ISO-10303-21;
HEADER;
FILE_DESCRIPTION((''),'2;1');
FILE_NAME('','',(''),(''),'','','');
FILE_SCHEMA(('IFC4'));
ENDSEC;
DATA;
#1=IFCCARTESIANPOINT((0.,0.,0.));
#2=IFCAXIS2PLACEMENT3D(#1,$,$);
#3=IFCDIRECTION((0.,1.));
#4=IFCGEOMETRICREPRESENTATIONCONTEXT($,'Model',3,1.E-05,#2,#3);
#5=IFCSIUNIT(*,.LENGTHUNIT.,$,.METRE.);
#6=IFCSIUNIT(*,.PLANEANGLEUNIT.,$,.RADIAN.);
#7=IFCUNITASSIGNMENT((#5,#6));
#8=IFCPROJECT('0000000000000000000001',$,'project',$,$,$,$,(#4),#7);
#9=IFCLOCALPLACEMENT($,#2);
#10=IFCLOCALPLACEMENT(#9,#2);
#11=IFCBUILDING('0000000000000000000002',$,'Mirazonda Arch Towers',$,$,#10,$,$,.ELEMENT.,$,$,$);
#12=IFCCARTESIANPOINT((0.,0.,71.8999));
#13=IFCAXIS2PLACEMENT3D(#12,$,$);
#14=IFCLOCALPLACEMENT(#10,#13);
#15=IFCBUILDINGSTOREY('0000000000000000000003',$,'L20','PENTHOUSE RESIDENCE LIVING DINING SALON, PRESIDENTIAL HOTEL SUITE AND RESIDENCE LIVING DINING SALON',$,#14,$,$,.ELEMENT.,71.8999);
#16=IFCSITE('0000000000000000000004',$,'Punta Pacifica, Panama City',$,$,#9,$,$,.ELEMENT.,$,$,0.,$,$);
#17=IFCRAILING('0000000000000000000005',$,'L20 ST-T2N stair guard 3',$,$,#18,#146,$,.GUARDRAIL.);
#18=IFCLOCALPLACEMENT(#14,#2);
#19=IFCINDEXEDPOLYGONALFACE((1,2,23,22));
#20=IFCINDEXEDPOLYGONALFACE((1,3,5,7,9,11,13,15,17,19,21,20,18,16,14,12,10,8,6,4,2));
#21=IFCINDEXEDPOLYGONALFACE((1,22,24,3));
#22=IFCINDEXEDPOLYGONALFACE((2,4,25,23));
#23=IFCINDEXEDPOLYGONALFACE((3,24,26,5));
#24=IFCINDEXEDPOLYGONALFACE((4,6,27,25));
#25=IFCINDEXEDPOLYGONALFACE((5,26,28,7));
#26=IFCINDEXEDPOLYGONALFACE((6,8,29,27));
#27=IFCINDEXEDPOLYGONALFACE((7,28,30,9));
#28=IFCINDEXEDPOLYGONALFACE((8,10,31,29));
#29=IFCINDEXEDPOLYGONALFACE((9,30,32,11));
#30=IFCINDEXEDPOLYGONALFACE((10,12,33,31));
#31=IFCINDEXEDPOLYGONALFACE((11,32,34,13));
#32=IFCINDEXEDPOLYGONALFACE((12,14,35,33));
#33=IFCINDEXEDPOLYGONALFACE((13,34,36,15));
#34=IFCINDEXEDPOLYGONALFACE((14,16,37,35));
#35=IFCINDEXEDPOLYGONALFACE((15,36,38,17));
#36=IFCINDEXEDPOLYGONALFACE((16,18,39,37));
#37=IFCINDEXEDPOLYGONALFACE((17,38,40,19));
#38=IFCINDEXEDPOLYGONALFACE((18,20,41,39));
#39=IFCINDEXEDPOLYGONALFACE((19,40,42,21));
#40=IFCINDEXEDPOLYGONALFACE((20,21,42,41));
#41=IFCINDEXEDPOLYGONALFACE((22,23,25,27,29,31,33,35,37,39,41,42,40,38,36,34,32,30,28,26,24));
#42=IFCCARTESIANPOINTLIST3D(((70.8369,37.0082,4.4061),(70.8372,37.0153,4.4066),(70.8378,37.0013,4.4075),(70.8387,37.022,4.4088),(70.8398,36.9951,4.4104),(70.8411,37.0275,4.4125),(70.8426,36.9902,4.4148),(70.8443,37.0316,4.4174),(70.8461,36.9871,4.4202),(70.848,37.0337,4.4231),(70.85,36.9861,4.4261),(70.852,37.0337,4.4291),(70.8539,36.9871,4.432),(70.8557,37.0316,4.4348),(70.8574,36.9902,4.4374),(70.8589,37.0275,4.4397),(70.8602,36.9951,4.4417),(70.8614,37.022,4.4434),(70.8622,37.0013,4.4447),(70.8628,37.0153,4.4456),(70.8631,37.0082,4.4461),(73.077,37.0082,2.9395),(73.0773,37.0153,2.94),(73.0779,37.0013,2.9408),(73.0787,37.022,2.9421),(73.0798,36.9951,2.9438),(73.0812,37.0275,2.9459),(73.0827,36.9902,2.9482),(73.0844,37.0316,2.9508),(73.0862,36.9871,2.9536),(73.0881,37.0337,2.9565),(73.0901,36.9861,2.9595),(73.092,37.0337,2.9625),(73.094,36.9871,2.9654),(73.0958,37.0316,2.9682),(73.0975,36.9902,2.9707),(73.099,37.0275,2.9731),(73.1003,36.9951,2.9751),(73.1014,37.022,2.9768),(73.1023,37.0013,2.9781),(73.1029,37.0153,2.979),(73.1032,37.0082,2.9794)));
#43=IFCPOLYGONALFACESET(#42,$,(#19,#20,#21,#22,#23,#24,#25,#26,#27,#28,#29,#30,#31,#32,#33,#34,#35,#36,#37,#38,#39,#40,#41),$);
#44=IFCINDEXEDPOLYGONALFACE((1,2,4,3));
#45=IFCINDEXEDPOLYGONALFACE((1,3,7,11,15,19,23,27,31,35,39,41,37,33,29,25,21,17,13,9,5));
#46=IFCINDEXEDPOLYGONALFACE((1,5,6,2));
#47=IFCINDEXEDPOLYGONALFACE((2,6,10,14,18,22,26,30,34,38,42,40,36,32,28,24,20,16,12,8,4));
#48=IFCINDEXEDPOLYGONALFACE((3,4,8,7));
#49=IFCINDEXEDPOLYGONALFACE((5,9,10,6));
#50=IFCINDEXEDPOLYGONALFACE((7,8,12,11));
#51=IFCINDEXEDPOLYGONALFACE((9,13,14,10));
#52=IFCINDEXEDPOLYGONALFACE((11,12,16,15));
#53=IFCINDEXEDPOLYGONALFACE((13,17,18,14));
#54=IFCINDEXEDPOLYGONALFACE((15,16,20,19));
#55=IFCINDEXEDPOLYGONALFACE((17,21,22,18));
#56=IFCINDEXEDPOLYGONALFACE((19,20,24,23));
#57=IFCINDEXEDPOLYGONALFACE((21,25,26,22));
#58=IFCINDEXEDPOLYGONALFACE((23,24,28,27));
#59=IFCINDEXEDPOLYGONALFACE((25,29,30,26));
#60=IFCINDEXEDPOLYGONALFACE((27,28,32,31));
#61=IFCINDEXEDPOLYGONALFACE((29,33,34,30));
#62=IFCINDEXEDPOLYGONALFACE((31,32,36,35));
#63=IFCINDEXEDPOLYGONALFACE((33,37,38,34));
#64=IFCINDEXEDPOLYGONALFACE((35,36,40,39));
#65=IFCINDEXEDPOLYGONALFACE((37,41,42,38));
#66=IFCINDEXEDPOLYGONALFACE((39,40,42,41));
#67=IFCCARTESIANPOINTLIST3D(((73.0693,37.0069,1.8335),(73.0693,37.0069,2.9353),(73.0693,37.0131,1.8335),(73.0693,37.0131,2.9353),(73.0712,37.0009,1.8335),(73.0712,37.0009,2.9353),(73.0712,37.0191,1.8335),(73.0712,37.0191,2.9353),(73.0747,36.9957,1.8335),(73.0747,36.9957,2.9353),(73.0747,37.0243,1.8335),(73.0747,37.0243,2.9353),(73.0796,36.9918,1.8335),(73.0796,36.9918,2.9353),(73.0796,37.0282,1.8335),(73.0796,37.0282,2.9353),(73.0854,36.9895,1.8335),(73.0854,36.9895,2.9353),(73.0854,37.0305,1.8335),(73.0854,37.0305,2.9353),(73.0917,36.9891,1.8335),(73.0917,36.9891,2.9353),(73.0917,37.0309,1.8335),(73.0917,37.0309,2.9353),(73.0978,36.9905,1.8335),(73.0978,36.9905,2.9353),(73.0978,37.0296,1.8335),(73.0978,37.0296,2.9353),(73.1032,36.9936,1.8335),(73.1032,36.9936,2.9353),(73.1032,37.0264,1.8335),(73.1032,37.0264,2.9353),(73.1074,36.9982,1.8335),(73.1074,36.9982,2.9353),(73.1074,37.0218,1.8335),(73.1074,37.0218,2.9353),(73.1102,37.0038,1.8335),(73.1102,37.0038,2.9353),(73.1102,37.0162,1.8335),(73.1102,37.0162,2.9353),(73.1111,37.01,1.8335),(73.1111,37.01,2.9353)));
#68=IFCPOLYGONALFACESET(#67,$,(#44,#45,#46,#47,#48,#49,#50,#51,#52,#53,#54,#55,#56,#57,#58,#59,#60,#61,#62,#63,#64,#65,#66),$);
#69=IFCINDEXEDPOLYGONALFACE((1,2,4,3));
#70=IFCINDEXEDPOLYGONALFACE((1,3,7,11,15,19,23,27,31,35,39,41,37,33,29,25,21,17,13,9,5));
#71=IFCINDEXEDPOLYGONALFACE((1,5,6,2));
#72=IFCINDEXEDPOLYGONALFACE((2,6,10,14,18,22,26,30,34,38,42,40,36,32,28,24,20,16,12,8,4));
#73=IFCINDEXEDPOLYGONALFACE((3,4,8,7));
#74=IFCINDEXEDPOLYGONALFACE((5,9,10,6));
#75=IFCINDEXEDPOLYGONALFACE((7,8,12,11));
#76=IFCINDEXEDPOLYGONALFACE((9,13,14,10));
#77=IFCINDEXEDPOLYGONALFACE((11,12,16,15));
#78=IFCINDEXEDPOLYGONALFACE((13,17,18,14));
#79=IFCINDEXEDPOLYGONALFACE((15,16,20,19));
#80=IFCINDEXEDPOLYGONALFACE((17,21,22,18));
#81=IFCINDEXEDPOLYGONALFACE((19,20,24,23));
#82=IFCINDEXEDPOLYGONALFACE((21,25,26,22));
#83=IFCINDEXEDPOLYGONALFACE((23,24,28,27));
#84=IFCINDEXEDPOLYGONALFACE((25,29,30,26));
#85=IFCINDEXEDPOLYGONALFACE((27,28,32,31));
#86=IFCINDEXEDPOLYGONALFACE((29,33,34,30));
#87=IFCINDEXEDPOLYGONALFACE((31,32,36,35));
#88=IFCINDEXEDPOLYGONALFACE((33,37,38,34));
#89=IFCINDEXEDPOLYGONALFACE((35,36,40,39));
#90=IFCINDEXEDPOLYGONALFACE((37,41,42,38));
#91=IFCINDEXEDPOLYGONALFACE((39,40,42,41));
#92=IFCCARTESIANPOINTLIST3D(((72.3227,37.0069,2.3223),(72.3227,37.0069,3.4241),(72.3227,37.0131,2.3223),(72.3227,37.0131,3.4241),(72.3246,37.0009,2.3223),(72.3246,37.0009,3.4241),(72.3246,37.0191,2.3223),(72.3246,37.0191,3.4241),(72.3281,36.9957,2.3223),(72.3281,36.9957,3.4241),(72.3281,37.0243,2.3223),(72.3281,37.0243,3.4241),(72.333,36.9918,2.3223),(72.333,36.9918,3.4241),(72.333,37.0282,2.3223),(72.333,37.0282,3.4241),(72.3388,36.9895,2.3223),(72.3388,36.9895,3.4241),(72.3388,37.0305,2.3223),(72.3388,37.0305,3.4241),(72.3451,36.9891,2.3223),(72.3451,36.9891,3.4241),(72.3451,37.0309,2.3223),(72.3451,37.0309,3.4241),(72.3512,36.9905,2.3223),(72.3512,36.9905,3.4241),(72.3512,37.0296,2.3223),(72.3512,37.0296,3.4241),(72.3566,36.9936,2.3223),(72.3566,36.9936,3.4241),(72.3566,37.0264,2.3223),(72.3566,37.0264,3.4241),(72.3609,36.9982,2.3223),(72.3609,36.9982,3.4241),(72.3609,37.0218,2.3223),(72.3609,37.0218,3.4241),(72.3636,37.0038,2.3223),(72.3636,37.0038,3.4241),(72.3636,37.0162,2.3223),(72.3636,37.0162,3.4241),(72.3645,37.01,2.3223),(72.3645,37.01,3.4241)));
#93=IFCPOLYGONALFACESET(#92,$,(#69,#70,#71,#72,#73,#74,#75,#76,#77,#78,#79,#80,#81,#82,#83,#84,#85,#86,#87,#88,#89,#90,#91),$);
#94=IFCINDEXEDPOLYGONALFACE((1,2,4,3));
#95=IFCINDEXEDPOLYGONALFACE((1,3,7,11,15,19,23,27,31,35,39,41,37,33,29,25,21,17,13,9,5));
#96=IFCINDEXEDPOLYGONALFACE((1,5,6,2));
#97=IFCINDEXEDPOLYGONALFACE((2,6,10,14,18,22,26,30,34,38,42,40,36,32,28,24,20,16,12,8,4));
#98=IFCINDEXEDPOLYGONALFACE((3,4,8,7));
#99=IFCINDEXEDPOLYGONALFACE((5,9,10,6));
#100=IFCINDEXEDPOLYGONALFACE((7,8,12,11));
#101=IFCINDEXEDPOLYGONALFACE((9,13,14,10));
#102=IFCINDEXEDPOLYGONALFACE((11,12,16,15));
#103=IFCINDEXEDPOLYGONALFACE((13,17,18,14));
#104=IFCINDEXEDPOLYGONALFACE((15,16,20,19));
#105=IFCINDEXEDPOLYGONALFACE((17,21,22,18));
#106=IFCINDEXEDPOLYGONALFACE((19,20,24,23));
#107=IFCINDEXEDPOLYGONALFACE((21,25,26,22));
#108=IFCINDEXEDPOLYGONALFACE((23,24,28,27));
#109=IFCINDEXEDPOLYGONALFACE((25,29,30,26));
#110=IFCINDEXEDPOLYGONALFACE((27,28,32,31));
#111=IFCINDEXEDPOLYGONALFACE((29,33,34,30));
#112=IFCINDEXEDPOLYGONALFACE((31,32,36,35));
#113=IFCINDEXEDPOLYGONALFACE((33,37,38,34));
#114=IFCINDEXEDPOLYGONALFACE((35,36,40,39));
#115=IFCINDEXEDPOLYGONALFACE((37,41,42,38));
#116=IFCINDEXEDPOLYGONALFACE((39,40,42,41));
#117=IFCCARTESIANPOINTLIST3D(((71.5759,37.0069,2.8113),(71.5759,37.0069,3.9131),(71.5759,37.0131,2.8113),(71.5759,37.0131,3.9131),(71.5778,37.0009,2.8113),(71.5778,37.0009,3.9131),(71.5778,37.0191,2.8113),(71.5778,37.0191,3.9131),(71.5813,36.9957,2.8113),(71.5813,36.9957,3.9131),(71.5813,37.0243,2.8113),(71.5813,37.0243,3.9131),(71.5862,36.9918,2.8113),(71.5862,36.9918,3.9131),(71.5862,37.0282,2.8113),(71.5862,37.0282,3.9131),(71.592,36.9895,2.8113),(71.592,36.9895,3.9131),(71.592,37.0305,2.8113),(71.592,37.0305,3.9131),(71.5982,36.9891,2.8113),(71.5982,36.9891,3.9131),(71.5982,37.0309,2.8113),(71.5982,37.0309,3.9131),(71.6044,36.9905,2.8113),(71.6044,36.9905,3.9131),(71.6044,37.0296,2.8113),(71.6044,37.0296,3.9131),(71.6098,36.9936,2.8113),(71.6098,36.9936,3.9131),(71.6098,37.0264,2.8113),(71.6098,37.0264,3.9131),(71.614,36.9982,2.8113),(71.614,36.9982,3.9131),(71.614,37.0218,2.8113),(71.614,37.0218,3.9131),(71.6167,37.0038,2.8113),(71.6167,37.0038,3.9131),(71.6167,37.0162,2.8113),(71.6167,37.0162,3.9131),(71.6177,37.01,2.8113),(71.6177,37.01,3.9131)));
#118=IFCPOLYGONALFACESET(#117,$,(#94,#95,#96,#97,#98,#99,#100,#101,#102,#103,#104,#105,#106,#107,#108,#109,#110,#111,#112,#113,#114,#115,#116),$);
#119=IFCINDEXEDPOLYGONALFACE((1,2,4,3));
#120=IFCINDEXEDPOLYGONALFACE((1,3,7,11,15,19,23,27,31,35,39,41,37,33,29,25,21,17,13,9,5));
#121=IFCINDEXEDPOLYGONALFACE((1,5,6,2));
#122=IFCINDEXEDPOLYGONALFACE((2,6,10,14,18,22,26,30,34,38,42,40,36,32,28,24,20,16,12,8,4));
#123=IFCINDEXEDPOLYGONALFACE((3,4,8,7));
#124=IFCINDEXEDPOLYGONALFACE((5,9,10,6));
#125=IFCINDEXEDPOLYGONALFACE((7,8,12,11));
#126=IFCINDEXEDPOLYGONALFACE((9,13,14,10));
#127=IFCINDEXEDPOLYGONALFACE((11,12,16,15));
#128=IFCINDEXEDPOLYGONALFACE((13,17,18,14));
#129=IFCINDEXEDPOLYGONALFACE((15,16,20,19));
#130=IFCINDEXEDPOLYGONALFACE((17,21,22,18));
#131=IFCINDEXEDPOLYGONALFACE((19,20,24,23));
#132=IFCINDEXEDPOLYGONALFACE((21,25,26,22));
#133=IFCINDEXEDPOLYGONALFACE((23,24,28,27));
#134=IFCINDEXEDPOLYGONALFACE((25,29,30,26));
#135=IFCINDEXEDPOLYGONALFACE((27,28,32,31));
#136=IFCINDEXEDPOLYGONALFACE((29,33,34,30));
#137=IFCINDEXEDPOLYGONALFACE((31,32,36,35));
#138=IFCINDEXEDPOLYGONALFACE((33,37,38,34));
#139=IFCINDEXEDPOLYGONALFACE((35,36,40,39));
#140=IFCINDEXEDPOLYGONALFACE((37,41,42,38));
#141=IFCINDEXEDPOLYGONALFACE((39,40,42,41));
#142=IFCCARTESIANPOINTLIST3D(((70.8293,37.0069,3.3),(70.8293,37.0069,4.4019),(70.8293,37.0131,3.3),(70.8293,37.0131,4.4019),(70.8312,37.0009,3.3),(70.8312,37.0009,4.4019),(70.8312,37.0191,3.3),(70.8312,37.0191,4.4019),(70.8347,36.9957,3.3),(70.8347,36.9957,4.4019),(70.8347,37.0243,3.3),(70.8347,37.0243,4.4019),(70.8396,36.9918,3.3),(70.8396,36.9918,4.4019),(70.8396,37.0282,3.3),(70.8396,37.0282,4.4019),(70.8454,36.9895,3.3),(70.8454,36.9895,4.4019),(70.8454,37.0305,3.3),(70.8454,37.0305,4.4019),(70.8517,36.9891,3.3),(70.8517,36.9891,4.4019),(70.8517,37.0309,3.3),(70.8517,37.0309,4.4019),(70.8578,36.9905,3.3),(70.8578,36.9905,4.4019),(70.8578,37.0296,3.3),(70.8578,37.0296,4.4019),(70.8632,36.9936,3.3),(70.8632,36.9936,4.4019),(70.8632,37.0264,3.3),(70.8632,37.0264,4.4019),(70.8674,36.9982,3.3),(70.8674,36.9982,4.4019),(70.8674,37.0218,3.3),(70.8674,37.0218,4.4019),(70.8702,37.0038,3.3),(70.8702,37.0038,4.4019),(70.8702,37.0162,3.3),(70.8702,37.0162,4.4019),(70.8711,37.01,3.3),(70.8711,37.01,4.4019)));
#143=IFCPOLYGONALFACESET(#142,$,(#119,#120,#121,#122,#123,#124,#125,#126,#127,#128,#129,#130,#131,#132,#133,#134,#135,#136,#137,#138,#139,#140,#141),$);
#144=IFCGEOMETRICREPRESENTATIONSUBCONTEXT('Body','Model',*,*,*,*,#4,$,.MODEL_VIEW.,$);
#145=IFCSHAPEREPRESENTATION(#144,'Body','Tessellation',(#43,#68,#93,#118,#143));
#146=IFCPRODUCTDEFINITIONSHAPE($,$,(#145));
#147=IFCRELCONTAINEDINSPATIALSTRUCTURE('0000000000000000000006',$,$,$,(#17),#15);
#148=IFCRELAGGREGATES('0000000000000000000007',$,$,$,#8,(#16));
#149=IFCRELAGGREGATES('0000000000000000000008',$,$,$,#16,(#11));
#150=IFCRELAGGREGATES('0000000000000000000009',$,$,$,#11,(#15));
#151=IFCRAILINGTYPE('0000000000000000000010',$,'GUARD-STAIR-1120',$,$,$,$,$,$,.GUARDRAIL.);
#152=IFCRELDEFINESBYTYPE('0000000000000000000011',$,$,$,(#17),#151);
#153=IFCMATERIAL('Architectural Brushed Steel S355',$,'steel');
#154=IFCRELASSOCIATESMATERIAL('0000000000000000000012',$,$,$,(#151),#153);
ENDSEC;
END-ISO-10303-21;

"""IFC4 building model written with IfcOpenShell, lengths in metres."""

from ifc_helpers import new_model, si_unit, direction, frame, origin, origin_2d, place, context, subcontext, project, spatial, circle, extrude, material, type_object, element, save


model = new_model("IFC4")

# Units and contexts
model_context = context("Model", 3, precision=1e-05, world=origin(), true_north=direction((0.0, 1.0)))
body_context = subcontext(model_context, "Body", "Model", "MODEL_VIEW")
ifc_project = project(units=[si_unit("LENGTHUNIT", "METRE"), si_unit("PLANEANGLEUNIT", "RADIAN")], contexts=[model_context])

# Site, building, storey
site_placement = place(None, origin())
site = spatial("IfcSite", under=ifc_project, at=site_placement, Name="Punta Pacifica, Panama City", CompositionType="ELEMENT", RefElevation=0.0)
building_placement = place(site_placement, origin())
building = spatial("IfcBuilding", under=site, at=building_placement, Name="Mirazonda Arch Towers", CompositionType="ELEMENT")
storey_placement = place(building_placement, frame((0.0, 0.0, 71.8999)))
storey = spatial("IfcBuildingStorey", under=building, at=storey_placement, Name="L20", Description="PENTHOUSE RESIDENCE LIVING DINING SALON, PRESIDENTIAL HOTEL SUITE AND RESIDENCE LIVING DINING SALON", CompositionType="ELEMENT", Elevation=71.8999)

# Railing
ifc_material_1 = material(Name="Architectural Brushed Steel S355", Category="steel")
railing_type_1 = type_object("IfcRailingType", Name="GUARD-STAIR-1120", PredefinedType="GUARDRAIL", material=ifc_material_1)
railing_1_placement = place(storey_placement, frame((73.0901, 37.01, 1.8335)))
element("IfcRailing", 1, at=railing_1_placement, inside=storey, type_object=railing_type_1, Name="L20 ST-T2N stair guard 3", PredefinedType="GUARDRAIL", context=body_context, shape_type="SweptSolid", body=[
    extrude(circle(Radius=0.0239, at=origin_2d()), frame((0.0, 0.0, 1.126), z_axis=(-0.836637, 0.0, 0.547758), x_axis=(0.0, -1.0, 0.0)), (0.0, 0.0, 1.0), 2.6775),
    extrude(circle(Radius=0.021, at=origin_2d()), origin(), (0.0, 0.0, 1.0), 1.1018),
    extrude(circle(Radius=0.021, at=origin_2d()), frame((-0.7466, 0.0, 0.4888)), (0.0, 0.0, 1.0), 1.1018),
    extrude(circle(Radius=0.021, at=origin_2d()), frame((-1.4934, 0.0, 0.9778)), (0.0, 0.0, 1.0), 1.1018),
    extrude(circle(Radius=0.021, at=origin_2d()), frame((-2.24, 0.0, 1.4666)), (0.0, 0.0, 1.0), 1.1018),
])

save(model, "model.ifc")
